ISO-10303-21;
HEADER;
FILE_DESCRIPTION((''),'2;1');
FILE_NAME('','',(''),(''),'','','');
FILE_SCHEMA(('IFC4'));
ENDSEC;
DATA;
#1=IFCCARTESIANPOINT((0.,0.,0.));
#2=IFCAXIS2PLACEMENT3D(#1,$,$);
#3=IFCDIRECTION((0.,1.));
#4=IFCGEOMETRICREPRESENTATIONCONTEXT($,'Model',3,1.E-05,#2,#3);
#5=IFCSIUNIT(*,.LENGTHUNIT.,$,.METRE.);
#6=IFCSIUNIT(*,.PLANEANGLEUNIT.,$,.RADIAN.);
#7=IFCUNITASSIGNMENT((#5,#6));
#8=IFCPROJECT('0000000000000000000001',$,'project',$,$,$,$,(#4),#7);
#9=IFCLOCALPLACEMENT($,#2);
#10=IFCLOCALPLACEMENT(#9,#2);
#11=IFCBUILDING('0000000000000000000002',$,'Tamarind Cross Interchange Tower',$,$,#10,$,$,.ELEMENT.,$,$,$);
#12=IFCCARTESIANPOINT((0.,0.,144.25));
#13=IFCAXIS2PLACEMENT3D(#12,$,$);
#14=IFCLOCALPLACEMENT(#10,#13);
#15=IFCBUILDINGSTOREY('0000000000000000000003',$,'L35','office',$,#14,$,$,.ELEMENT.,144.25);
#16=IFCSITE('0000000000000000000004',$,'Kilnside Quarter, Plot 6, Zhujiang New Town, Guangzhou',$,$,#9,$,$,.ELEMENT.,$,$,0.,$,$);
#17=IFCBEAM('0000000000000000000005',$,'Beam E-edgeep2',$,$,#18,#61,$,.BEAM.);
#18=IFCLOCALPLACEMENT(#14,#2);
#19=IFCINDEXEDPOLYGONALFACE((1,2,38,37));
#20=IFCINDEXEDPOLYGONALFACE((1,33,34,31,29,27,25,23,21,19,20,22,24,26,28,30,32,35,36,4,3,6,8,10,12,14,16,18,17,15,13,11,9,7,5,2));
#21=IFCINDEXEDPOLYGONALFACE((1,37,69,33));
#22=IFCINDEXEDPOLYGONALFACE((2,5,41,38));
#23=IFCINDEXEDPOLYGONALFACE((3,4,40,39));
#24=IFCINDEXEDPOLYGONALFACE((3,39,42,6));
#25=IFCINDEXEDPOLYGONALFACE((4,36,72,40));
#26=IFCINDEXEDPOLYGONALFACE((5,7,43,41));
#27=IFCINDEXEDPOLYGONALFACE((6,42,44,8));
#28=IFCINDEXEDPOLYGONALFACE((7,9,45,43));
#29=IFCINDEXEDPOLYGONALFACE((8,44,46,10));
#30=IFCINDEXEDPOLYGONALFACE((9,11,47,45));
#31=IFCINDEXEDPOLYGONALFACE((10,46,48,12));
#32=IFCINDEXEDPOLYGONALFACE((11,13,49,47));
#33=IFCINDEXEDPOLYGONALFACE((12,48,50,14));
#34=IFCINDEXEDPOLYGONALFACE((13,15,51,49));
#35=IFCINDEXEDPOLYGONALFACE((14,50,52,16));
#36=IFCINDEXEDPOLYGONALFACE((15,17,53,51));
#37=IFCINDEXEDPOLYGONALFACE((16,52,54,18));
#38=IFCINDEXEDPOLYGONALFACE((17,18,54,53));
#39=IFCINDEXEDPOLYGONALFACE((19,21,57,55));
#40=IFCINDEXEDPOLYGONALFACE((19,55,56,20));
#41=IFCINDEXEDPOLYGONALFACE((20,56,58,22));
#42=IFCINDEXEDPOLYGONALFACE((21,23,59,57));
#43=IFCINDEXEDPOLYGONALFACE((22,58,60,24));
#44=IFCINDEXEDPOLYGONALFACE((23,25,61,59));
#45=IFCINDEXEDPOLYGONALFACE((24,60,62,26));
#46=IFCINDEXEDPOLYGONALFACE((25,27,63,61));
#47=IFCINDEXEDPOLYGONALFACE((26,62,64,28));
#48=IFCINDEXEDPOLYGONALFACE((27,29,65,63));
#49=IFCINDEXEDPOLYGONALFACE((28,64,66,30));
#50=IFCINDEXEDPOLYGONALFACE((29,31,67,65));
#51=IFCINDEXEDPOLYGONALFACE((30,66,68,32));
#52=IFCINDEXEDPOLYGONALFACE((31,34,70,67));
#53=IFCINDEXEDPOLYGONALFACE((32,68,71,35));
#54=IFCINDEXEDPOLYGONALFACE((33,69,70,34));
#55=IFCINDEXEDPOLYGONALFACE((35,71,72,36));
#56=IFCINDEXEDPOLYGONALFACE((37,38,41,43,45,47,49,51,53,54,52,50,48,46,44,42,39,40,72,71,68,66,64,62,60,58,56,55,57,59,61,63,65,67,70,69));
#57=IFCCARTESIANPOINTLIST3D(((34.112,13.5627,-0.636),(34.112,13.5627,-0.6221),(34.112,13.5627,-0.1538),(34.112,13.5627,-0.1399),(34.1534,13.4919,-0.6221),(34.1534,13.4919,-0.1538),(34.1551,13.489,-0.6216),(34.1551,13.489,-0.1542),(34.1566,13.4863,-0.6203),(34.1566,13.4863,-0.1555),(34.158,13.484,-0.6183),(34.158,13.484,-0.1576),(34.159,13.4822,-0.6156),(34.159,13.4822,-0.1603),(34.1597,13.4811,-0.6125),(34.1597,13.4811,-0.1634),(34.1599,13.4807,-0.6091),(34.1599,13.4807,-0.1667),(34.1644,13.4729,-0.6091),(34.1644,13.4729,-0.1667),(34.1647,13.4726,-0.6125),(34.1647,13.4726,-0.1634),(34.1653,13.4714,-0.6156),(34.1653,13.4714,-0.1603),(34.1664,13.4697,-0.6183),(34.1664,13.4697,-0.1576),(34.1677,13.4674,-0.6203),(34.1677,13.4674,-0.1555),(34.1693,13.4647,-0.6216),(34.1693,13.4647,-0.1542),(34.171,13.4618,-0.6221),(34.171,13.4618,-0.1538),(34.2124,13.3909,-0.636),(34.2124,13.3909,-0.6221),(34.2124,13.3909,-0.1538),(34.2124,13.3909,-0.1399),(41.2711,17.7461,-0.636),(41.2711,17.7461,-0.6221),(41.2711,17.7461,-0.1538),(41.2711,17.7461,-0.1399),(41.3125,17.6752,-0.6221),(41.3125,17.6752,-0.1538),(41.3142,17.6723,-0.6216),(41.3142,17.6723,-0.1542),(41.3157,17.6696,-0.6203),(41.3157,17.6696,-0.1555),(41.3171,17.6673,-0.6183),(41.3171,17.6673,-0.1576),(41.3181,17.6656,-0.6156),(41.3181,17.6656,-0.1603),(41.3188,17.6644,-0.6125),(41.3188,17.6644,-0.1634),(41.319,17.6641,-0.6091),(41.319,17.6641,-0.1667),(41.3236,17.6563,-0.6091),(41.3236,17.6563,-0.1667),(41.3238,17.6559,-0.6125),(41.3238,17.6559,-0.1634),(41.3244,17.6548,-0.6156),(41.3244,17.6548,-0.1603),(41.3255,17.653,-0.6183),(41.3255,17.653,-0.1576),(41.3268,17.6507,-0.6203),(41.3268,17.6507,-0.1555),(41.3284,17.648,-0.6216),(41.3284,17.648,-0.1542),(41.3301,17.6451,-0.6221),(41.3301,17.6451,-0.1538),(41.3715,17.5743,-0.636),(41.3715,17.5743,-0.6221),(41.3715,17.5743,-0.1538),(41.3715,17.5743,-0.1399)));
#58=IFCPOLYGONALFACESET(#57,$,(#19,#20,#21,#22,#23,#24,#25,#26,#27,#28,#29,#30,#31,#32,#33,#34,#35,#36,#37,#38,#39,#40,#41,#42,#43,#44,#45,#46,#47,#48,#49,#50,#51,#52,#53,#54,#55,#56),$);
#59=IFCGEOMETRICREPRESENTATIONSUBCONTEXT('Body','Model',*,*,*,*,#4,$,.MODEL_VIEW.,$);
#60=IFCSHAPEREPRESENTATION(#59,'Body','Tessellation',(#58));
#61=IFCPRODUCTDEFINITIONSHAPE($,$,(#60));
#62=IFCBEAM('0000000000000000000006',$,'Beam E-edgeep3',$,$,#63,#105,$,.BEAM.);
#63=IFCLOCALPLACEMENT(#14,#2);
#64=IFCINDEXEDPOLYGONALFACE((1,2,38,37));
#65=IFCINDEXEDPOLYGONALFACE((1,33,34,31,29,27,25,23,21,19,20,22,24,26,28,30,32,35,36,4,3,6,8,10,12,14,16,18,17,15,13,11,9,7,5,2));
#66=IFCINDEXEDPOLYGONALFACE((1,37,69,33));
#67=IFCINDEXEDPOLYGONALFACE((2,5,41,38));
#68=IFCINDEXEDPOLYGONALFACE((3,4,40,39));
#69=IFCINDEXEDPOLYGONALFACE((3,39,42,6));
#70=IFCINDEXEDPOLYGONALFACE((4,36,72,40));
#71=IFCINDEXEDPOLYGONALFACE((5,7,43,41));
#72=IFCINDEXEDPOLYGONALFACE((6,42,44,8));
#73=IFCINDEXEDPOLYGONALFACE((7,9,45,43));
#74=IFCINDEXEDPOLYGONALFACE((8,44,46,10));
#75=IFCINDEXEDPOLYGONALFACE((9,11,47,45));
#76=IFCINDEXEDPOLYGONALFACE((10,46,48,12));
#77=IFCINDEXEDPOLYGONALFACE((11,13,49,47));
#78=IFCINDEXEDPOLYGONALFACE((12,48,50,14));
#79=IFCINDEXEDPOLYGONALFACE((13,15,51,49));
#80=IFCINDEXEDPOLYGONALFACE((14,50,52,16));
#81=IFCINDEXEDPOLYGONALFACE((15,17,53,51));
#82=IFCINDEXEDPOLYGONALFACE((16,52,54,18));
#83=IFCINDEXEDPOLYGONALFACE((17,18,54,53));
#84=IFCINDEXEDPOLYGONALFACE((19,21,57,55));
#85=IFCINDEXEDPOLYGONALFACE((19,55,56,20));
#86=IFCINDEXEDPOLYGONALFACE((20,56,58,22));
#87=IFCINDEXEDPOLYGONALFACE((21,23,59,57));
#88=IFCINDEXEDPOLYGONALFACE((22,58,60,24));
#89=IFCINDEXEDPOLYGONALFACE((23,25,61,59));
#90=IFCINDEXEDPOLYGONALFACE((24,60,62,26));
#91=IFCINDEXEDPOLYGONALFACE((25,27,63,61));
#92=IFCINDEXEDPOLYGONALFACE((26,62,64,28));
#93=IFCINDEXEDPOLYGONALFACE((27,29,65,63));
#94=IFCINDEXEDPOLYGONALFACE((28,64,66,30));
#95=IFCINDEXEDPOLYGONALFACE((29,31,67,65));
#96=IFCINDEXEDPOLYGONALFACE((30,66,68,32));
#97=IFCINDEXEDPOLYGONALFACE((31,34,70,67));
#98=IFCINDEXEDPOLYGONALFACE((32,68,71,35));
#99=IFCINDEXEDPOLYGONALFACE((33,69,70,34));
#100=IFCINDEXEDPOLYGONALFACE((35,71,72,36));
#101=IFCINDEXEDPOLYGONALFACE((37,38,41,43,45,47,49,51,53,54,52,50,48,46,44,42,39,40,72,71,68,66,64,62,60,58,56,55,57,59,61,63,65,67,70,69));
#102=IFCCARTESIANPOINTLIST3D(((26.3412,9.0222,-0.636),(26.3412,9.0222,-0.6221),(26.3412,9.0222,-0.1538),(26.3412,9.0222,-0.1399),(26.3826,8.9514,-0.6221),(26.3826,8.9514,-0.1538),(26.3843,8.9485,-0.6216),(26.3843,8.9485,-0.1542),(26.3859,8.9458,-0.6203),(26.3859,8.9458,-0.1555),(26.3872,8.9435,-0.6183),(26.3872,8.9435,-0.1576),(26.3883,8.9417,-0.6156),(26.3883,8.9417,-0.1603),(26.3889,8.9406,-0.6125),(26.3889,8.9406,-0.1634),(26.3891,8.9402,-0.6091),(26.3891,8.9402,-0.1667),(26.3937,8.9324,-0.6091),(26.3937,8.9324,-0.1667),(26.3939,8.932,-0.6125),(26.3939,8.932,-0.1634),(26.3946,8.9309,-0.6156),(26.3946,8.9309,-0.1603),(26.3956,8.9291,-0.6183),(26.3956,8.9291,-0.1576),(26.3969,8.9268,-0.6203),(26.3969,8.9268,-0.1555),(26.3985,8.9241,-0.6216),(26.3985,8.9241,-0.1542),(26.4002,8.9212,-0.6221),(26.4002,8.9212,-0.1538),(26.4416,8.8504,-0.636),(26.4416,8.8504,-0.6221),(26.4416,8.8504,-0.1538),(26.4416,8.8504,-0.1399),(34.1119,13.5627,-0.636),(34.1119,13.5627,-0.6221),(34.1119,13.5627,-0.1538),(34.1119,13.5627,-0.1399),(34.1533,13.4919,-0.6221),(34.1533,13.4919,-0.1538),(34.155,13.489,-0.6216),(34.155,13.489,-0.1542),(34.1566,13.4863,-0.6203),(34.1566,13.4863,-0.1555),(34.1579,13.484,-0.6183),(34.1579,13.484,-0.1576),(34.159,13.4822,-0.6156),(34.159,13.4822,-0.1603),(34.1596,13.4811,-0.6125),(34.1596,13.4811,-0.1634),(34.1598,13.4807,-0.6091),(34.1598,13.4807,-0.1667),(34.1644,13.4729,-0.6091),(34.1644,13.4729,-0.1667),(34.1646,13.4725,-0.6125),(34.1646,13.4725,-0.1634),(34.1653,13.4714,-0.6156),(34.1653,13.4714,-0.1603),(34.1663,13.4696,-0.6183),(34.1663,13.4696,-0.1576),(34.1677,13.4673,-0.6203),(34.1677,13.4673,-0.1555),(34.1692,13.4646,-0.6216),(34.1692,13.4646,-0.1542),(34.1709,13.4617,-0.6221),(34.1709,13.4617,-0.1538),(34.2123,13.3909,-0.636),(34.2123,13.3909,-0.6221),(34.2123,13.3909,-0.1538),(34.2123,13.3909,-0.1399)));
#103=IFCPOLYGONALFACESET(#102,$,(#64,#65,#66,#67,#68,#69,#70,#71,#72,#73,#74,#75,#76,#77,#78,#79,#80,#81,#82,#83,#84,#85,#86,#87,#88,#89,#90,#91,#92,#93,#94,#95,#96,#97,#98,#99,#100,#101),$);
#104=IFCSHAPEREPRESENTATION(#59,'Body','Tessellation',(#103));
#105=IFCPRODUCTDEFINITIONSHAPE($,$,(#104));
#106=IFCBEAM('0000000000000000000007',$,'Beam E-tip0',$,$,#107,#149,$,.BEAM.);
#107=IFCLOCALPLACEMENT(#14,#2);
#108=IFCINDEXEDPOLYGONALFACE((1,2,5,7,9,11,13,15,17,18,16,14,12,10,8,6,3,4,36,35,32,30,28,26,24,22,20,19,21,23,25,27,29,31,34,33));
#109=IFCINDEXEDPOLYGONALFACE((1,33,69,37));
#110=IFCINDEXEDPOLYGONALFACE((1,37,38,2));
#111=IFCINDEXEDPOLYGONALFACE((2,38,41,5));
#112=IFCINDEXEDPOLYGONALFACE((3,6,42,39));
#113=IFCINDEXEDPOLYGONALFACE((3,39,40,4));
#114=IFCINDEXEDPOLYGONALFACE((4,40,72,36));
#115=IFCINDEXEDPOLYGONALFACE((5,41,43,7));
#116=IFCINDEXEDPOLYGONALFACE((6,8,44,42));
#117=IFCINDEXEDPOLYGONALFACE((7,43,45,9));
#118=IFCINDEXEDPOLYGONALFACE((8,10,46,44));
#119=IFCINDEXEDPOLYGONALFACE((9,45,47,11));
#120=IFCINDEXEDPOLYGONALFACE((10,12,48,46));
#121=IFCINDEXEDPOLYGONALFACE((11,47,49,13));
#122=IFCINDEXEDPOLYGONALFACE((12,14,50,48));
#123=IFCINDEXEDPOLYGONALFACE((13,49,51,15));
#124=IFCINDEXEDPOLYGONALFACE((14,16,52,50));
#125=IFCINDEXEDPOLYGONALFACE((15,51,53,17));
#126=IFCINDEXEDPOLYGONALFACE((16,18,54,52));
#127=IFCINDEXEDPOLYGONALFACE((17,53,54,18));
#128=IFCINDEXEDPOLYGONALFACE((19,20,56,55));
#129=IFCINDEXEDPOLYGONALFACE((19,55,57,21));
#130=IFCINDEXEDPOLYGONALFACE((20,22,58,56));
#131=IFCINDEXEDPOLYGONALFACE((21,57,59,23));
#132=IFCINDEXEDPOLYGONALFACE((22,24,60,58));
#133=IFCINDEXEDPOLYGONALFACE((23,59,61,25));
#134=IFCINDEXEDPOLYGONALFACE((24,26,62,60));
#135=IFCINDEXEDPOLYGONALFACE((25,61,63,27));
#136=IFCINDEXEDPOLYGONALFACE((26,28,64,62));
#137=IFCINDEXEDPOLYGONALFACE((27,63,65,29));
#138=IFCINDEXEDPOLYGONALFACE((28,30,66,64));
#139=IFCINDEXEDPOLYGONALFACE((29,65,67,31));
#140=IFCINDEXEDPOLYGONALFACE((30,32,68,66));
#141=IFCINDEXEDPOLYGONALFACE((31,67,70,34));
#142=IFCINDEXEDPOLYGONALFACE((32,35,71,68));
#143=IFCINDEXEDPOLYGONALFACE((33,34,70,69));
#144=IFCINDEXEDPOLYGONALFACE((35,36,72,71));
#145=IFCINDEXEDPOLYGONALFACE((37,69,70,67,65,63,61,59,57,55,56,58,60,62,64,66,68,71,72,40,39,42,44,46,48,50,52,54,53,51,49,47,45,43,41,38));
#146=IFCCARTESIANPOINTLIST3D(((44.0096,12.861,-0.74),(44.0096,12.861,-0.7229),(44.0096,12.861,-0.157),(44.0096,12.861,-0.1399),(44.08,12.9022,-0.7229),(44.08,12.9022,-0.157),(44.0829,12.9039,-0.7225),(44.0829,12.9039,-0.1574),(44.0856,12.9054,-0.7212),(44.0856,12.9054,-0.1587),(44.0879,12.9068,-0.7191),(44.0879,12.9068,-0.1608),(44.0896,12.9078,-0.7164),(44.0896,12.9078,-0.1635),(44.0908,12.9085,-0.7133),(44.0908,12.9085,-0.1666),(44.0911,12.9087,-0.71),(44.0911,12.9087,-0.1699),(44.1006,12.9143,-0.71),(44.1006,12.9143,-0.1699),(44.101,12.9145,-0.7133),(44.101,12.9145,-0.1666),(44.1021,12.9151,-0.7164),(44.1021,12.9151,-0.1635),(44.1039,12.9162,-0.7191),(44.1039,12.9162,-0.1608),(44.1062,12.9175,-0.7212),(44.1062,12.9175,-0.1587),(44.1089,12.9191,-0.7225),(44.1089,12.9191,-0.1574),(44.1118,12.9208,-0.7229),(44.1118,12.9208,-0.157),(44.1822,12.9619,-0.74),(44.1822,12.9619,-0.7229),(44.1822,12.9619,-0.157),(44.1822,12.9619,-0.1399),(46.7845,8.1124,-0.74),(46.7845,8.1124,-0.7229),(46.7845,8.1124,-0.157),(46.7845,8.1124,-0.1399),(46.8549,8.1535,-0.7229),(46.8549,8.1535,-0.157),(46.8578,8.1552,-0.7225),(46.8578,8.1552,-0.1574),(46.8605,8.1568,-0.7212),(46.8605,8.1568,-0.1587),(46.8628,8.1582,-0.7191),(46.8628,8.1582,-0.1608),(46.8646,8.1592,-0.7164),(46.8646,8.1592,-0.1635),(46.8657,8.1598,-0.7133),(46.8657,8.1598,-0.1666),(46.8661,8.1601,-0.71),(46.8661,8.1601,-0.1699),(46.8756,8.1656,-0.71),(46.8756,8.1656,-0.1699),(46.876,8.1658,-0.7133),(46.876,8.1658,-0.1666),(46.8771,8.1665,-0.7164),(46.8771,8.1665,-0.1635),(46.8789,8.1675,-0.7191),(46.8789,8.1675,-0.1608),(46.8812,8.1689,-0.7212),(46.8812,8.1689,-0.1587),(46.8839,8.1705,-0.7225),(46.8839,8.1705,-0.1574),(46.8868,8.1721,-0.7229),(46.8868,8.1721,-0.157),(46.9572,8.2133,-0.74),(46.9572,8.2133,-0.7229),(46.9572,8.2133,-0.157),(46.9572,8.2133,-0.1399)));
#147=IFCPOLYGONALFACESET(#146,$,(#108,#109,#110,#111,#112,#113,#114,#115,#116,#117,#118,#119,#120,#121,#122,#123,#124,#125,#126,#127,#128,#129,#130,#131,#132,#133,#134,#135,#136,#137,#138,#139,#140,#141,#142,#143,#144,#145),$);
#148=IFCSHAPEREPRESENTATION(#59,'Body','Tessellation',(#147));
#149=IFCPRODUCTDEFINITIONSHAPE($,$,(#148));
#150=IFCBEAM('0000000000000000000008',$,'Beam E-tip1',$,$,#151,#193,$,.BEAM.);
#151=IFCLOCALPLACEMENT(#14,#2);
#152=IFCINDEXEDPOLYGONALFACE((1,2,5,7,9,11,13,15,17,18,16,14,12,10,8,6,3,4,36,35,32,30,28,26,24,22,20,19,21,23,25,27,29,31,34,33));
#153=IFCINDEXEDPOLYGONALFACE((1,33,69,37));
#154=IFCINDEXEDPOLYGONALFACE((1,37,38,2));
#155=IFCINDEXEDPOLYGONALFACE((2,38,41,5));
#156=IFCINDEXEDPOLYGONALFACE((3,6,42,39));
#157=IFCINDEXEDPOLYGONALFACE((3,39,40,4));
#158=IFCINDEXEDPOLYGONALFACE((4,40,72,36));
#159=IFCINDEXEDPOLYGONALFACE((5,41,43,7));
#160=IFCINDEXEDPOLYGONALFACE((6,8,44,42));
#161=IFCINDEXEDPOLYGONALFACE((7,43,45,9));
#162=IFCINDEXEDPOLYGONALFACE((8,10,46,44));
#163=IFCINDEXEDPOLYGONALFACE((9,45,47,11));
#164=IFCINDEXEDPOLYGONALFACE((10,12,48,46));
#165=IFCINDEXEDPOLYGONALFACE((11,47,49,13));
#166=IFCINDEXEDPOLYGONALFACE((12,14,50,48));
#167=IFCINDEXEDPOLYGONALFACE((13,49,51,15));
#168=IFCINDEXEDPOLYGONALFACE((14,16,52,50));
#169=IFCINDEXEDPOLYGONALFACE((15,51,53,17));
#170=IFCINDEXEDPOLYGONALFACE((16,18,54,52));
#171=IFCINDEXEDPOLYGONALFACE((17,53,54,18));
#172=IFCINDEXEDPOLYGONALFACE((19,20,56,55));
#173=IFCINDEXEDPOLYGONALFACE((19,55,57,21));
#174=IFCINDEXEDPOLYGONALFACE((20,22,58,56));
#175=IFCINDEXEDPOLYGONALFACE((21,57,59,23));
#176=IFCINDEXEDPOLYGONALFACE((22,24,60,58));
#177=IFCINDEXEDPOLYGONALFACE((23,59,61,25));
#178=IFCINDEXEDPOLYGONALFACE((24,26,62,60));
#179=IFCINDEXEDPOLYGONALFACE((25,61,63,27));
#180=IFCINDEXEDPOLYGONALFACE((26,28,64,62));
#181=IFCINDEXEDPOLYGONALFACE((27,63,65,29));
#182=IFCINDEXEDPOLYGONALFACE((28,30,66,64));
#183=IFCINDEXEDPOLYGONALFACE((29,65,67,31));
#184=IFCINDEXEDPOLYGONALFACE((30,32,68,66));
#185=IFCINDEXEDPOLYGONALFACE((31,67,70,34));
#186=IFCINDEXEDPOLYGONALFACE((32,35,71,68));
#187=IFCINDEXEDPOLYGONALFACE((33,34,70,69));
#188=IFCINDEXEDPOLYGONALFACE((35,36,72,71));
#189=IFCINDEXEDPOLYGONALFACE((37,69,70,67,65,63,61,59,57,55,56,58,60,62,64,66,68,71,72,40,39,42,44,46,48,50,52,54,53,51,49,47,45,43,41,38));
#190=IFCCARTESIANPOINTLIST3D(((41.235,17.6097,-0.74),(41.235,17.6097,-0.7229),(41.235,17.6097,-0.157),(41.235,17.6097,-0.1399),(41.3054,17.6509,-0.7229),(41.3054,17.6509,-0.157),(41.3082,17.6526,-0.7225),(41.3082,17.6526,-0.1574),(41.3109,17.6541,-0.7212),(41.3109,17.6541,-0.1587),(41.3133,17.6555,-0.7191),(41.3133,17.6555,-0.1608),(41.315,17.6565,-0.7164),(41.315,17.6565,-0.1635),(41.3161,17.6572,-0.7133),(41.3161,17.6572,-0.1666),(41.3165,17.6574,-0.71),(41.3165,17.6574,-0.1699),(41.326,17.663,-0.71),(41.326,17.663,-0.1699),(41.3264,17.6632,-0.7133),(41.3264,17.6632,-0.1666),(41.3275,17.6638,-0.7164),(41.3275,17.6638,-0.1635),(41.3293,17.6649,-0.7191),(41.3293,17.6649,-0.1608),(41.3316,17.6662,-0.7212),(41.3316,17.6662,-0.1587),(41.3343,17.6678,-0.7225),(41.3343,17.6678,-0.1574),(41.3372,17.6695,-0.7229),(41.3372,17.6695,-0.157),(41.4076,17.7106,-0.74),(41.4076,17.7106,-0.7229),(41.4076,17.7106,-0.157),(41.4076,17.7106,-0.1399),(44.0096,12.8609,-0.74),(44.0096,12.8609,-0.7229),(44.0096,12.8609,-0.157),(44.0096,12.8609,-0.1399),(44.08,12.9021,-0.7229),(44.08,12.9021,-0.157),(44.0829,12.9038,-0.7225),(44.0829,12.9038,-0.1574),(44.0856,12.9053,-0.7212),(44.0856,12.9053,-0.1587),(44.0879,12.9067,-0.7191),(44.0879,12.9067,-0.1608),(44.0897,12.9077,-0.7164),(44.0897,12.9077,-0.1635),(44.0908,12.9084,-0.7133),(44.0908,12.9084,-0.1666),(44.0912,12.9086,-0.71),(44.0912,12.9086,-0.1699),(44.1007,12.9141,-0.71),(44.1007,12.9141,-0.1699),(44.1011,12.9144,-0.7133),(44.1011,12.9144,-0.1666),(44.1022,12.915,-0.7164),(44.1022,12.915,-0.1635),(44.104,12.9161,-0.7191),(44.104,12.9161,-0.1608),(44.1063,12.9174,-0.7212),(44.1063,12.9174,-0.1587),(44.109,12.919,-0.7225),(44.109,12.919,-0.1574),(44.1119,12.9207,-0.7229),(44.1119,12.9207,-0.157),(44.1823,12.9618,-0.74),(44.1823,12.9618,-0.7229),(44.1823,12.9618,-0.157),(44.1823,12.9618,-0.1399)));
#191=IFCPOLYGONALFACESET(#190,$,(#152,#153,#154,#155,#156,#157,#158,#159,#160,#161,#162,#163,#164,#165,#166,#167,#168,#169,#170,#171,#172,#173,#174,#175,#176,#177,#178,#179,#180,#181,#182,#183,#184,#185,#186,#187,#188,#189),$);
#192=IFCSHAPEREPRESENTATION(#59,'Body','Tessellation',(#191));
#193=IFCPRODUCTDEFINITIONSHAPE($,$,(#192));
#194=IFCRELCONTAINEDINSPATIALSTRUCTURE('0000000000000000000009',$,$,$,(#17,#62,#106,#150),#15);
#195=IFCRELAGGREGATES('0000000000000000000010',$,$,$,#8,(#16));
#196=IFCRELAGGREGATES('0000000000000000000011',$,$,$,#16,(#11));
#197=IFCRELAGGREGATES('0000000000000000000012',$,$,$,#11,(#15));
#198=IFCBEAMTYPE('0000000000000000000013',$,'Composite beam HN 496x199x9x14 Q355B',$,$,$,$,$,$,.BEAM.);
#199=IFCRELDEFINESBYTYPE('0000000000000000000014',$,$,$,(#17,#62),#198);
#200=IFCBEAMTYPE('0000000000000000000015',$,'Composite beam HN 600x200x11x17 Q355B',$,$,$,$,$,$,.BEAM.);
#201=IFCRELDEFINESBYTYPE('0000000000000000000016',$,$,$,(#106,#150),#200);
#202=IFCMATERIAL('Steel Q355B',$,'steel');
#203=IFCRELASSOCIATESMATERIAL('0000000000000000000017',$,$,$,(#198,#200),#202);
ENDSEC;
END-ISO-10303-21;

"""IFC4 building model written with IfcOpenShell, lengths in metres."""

from ifc_helpers import new_model, si_unit, direction, frame, origin, origin_2d, place, context, subcontext, project, spatial, i_section, extrude, material, material_profile, profile_set, type_object, element, save


model = new_model("IFC4")

# Units and contexts
model_context = context("Model", 3, precision=1e-05, world=origin(), true_north=direction((0.0, 1.0)))
body_context = subcontext(model_context, "Body", "Model", "MODEL_VIEW")
ifc_project = project(units=[si_unit("LENGTHUNIT", "METRE"), si_unit("PLANEANGLEUNIT", "RADIAN")], contexts=[model_context])

# Site, building, storey
site_placement = place(None, origin())
site = spatial("IfcSite", under=ifc_project, at=site_placement, Name="Kilnside Quarter, Plot 6, Zhujiang New Town, Guangzhou", CompositionType="ELEMENT", RefElevation=0.0)
building_placement = place(site_placement, origin())
building = spatial("IfcBuilding", under=site, at=building_placement, Name="Tamarind Cross Interchange Tower", CompositionType="ELEMENT")
storey_placement = place(building_placement, frame((0.0, 0.0, 144.25)))
storey = spatial("IfcBuildingStorey", under=building, at=storey_placement, Name="L35", Description="office", CompositionType="ELEMENT", Elevation=144.25)

# Beams
ifc_material_1 = material(Name="Steel Q355B", Category="steel")
ifc_material_profile_1 = material_profile(ifc_material_1, i_section(OverallWidth=0.199, OverallDepth=0.4961, WebThickness=0.009, FlangeThickness=0.0139, FilletRadius=0.0129, at=origin_2d()), Name="HN 496x199x9x14")
ifc_profile_set_1 = profile_set([ifc_material_profile_1], Name="Steel Q355B")
beam_type_1 = type_object("IfcBeamType", Name="Composite beam HN 496x199x9x14 Q355B", PredefinedType="BEAM", material=ifc_profile_set_1)
beam_1_placement = place(storey_placement, frame((41.3213, 17.6602, -0.3879), z_axis=(-0.863403, -0.504515, 0.0), x_axis=(0.504515, -0.863403, 0.0)))
element("IfcBeam", 1, at=beam_1_placement, inside=storey, type_object=beam_type_1, Name="Beam E-edgeep2", PredefinedType="BEAM", context=body_context, shape_type="SweptSolid", body=[
    extrude(i_section(OverallWidth=0.199, OverallDepth=0.4961, WebThickness=0.009, FlangeThickness=0.0139, FilletRadius=0.0129, at=origin_2d()), origin(), (0.0, 0.0, 1.0), 8.2917),
])
beam_2_placement = place(storey_placement, frame((34.1621, 13.4768, -0.3879), z_axis=(-0.863412, -0.5045, 0.0), x_axis=(0.5045, -0.863412, 0.0)))
element("IfcBeam", 2, at=beam_2_placement, inside=storey, type_object=beam_type_1, Name="Beam E-edgeep3", PredefinedType="BEAM", context=body_context, shape_type="SweptSolid", body=[
    extrude(i_section(OverallWidth=0.199, OverallDepth=0.4961, WebThickness=0.009, FlangeThickness=0.0139, FilletRadius=0.0129, at=origin_2d()), origin(), (0.0, 0.0, 1.0), 9.0),
])
ifc_material_profile_2 = material_profile(ifc_material_1, i_section(OverallWidth=0.2, OverallDepth=0.6001, WebThickness=0.011, FlangeThickness=0.0171, FilletRadius=0.0129, at=origin_2d()), Name="HN 600x200x11x17")
ifc_profile_set_2 = profile_set([ifc_material_profile_2], Name="Steel Q355B")
beam_type_2 = type_object("IfcBeamType", Name="Composite beam HN 600x200x11x17 Q355B", PredefinedType="BEAM", material=ifc_profile_set_2)
for number, where, z_axis, x_axis, name in (
    (3, (46.8708, 8.1628, -0.4399), (-0.504539, 0.863389, 0.0), (-0.863389, -0.504539, 0.0), "Beam E-tip0"),
    (4, (44.0959, 12.9114, -0.4399), (-0.504486, 0.86342, 0.0), (-0.86342, -0.504486, 0.0), "Beam E-tip1"),
):
    element("IfcBeam", number, at=place(storey_placement, frame(where, z_axis=z_axis, x_axis=x_axis)), inside=storey, type_object=beam_type_2, Name=name, PredefinedType="BEAM", context=body_context, shape_type="SweptSolid", body=[
        extrude(i_section(OverallWidth=0.2, OverallDepth=0.6001, WebThickness=0.011, FlangeThickness=0.0171, FilletRadius=0.0129, at=origin_2d()), origin(), (0.0, 0.0, 1.0), 5.5),
    ])

save(model, "model.ifc")
